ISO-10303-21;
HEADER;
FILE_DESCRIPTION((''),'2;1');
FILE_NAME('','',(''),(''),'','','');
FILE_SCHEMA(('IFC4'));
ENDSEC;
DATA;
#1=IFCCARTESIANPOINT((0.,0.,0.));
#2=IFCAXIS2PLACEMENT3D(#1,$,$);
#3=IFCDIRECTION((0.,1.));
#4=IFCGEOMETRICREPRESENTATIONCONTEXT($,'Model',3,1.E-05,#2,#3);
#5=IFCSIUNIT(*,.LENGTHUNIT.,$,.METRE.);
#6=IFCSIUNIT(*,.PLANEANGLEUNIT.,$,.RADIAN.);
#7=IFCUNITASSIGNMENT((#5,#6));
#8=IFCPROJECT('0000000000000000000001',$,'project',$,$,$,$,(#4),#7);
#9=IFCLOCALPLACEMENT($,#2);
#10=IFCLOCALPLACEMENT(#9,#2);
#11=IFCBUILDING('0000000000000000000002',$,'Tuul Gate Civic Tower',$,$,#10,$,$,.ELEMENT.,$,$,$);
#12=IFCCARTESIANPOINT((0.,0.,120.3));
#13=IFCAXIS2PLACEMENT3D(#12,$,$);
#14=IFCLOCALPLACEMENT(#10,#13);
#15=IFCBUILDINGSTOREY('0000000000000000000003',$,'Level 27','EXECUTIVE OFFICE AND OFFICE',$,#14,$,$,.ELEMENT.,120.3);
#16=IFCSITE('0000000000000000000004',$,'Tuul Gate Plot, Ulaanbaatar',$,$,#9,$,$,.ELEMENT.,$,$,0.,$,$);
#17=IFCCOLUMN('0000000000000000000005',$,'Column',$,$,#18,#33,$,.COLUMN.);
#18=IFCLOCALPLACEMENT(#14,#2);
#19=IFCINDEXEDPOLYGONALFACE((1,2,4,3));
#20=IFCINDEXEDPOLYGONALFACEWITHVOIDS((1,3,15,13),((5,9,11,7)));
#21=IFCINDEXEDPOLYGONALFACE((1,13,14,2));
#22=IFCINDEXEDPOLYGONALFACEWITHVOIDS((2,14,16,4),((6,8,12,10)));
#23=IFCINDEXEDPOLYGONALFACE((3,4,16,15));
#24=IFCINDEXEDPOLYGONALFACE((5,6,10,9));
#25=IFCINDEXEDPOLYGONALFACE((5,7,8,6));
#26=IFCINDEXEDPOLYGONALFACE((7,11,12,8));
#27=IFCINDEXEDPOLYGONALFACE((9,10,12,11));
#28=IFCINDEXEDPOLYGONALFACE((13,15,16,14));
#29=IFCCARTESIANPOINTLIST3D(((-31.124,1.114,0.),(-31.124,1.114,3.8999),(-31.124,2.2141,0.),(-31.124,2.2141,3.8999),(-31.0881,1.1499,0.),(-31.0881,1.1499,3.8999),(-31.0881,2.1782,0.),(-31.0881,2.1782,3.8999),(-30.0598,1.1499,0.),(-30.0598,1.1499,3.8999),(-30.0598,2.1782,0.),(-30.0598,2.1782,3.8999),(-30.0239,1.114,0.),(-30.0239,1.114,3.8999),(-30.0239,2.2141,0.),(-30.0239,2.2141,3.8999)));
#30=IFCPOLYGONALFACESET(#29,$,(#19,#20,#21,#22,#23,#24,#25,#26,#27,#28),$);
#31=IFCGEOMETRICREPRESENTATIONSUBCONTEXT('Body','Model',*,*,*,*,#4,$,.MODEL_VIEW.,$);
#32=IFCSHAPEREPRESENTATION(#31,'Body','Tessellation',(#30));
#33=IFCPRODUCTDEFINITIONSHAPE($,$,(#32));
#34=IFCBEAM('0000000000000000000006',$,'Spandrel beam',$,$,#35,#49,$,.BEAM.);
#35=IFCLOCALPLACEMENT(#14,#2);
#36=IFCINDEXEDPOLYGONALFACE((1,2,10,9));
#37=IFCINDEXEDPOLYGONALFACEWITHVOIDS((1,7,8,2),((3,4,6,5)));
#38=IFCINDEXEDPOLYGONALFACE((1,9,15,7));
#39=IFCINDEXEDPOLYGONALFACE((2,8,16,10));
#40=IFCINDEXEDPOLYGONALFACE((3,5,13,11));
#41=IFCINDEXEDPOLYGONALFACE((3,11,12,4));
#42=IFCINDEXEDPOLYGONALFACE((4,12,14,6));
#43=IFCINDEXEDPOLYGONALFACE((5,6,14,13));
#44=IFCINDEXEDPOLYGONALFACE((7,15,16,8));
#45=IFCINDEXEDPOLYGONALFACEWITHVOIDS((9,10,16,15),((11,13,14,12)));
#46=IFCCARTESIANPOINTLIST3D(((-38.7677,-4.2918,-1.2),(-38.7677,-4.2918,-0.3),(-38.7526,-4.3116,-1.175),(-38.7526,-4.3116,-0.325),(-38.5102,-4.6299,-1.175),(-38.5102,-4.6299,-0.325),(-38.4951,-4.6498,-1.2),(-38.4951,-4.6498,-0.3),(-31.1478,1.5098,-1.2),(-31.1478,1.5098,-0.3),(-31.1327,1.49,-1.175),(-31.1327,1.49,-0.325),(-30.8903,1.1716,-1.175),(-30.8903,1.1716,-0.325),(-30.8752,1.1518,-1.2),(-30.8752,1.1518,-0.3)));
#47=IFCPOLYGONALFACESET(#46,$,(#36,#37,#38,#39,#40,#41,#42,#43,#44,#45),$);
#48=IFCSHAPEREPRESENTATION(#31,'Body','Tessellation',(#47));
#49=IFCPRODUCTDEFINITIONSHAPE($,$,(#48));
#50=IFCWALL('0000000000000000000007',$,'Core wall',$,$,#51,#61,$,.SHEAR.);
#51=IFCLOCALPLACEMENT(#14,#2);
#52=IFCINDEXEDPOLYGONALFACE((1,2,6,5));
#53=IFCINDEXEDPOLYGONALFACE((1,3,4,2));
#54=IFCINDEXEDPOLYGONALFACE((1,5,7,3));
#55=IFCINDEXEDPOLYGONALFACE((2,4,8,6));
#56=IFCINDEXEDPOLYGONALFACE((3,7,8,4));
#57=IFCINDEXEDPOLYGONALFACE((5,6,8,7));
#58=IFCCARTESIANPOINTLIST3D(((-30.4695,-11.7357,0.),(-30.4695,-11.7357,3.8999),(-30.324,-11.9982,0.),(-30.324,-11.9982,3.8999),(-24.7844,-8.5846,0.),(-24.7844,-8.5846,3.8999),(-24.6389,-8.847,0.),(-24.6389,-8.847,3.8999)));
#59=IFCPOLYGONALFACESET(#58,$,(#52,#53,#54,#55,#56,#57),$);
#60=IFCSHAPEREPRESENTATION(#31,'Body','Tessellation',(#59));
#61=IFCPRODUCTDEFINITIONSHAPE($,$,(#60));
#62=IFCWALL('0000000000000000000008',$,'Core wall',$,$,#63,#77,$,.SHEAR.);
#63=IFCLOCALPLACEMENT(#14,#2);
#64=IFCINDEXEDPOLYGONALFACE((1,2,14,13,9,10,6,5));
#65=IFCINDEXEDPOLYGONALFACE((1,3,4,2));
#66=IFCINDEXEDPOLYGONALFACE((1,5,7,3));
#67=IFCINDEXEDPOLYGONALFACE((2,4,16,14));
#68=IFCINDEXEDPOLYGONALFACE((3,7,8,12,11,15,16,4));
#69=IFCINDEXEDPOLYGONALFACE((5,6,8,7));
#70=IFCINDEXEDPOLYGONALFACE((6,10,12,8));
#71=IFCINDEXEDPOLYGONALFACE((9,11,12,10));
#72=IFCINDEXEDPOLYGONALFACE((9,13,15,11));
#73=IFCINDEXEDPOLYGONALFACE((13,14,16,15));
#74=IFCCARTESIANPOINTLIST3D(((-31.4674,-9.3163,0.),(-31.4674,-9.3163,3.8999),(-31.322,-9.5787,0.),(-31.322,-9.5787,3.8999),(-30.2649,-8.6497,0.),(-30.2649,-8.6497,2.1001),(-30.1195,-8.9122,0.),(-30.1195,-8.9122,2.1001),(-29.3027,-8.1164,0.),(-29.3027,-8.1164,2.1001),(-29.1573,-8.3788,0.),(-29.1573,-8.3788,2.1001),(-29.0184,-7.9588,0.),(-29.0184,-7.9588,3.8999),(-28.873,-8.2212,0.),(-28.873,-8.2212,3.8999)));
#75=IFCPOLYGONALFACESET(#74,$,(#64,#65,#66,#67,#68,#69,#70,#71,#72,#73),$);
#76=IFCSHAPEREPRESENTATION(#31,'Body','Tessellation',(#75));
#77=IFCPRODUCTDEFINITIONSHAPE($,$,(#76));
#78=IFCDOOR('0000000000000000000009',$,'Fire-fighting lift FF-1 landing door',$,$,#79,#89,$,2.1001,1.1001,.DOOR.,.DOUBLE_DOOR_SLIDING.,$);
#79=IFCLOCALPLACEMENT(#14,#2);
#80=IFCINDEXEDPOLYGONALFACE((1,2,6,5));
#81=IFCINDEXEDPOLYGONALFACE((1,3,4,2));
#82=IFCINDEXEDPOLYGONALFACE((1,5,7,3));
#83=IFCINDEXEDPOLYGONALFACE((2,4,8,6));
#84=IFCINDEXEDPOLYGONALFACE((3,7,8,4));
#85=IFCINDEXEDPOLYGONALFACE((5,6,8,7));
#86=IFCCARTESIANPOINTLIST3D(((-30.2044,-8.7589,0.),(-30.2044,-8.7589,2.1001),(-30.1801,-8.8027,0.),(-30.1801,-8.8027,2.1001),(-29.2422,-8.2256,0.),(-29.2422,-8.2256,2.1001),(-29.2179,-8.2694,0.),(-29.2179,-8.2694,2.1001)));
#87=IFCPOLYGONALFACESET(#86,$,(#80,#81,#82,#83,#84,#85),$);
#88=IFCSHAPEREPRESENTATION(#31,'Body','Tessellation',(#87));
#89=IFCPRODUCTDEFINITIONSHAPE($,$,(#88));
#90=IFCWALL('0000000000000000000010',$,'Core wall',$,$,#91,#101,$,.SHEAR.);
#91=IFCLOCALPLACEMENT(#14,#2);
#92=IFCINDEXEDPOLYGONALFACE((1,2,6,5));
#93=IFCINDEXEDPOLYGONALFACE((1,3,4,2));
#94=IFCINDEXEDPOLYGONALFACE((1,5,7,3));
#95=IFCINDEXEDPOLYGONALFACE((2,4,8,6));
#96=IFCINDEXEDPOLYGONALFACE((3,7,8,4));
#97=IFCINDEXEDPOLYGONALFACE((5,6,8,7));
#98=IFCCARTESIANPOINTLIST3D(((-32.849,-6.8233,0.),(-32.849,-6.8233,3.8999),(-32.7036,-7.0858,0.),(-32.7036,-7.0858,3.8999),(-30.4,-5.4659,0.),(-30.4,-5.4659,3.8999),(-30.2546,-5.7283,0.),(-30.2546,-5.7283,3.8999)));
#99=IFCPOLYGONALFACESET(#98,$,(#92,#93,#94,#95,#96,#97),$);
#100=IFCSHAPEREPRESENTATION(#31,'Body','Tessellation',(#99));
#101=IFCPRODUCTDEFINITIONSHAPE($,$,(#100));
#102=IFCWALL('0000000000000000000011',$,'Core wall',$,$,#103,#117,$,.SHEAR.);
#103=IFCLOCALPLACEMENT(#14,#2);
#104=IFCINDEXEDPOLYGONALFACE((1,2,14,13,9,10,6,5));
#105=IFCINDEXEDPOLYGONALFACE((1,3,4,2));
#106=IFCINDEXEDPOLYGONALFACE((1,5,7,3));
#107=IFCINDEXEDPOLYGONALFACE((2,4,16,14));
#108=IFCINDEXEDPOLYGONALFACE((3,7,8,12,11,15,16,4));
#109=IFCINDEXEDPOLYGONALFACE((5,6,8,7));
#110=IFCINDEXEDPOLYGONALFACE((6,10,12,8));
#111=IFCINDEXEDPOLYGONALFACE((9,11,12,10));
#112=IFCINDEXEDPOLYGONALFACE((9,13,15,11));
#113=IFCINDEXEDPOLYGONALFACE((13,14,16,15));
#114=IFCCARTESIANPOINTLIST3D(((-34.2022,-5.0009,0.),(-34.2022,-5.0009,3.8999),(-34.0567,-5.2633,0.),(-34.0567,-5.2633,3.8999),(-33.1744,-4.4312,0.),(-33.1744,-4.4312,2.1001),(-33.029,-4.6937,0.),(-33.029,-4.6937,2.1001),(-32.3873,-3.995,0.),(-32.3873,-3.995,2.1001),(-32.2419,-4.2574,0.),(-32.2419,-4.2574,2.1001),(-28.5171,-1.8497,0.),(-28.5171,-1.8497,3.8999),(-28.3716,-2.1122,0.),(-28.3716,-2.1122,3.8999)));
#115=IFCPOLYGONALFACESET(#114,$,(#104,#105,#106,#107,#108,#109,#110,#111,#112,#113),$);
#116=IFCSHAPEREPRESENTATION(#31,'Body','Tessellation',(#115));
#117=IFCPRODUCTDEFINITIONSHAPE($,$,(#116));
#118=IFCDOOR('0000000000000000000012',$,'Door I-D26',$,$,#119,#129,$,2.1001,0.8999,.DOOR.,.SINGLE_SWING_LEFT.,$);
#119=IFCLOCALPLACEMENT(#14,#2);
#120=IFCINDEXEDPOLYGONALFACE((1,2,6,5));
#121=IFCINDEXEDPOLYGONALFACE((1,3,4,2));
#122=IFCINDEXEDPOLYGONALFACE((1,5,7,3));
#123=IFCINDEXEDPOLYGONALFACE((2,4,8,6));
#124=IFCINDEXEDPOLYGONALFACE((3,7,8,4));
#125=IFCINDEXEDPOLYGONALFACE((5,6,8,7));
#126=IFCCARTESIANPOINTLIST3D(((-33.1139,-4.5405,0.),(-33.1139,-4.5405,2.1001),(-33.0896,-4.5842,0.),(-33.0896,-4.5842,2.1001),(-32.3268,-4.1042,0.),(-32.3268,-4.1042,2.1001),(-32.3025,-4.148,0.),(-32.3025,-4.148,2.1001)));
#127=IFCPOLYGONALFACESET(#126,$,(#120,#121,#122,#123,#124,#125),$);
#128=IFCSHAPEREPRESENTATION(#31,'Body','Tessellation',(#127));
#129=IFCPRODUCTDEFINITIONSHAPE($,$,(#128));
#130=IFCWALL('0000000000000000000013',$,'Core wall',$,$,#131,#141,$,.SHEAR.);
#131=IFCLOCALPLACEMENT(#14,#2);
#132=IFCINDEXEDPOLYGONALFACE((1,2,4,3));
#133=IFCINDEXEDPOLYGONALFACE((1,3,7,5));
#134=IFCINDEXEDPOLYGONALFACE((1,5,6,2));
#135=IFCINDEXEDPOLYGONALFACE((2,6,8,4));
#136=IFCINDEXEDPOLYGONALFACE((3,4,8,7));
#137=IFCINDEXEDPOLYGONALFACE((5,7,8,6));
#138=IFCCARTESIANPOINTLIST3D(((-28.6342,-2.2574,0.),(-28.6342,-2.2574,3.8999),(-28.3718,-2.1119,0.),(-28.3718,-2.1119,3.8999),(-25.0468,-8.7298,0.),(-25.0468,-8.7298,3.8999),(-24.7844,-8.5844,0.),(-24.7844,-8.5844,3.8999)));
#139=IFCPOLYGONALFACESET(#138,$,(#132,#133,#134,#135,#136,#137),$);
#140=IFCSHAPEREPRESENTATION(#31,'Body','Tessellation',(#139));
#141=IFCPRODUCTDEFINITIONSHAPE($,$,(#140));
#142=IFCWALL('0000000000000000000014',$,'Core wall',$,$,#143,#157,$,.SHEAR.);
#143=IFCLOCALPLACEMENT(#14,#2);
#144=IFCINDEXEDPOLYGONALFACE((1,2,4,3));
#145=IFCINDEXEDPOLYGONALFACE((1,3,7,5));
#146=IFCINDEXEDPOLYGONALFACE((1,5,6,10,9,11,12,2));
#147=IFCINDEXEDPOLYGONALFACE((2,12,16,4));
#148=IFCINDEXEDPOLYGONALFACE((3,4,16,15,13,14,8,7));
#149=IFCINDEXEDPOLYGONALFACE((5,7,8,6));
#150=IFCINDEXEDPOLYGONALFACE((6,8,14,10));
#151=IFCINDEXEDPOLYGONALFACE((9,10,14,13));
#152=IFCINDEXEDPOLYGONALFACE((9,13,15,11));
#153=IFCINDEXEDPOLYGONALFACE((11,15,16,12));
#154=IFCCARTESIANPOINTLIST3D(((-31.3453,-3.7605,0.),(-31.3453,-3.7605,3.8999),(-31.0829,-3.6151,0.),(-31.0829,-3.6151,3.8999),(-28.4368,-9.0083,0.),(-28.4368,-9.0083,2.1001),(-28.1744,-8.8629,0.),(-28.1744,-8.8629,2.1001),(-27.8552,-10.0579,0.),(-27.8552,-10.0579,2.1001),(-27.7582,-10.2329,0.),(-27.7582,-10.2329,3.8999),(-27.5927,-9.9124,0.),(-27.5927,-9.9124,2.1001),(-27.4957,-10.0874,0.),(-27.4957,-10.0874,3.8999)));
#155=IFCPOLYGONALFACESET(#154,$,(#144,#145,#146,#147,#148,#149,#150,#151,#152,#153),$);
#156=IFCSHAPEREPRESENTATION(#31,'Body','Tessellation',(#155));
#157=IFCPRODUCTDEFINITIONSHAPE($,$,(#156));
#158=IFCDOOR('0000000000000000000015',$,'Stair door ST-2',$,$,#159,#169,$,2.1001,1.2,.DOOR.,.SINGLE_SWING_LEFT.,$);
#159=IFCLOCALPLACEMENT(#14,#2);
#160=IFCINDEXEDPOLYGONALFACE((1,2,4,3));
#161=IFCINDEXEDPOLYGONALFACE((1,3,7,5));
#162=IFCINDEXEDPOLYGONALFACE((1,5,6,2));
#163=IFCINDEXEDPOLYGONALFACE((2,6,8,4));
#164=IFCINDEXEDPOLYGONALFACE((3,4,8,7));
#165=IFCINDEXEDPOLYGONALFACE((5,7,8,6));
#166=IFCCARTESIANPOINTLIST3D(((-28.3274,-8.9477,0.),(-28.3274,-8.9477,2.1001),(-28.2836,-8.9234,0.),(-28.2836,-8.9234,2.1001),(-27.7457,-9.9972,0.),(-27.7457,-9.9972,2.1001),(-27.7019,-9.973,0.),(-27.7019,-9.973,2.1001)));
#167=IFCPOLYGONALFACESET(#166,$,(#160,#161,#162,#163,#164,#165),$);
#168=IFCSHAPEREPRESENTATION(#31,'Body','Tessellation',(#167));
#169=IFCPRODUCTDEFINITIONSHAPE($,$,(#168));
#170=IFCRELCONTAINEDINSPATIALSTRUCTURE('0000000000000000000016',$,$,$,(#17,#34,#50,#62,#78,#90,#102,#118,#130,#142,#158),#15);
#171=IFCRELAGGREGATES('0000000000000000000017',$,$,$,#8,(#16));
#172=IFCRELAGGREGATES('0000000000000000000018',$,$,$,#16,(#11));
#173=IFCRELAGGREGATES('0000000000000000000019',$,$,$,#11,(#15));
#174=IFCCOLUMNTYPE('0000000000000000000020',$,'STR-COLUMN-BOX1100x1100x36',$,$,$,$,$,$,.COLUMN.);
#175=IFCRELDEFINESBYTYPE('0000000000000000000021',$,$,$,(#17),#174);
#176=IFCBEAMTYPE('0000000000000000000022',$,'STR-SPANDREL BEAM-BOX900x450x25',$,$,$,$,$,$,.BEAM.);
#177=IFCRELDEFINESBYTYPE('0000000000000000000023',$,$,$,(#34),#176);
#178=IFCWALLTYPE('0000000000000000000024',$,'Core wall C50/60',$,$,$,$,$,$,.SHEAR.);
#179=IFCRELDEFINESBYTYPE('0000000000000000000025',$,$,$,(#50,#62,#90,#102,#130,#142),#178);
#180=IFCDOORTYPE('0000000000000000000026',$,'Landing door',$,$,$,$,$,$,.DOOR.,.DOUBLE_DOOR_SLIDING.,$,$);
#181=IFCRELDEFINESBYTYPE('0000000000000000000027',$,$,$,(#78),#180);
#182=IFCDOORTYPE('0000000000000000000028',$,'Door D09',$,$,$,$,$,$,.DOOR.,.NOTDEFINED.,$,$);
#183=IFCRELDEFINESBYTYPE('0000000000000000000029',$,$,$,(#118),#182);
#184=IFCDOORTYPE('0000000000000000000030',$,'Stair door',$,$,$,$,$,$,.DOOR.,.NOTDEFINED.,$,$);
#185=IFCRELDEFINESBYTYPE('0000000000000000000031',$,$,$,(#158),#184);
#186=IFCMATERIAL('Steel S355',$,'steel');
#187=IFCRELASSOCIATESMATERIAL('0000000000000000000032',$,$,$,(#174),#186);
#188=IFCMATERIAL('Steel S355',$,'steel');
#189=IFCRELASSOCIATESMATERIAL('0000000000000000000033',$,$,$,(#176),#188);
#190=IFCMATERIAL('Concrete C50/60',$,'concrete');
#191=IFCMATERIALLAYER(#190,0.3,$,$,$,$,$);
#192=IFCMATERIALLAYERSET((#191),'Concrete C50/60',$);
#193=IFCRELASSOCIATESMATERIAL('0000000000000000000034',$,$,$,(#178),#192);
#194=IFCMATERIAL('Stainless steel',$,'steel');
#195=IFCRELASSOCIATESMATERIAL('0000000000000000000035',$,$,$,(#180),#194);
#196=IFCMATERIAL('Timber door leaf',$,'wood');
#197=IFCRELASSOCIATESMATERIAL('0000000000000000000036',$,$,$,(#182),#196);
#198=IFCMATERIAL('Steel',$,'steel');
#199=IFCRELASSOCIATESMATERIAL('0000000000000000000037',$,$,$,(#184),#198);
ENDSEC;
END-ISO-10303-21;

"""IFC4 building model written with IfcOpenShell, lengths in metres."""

from ifc_helpers import new_model, si_unit, direction, frame, frame_2d, origin, origin_2d, place, context, subcontext, project, spatial, rectangle, hollow_rectangle, extrude, material, layer, layer_set, material_profile, profile_set, type_object, element, fill, save


model = new_model("IFC4")

# Units and contexts
model_context = context("Model", 3, precision=1e-05, world=origin(), true_north=direction((0.0, 1.0)))
body_context = subcontext(model_context, "Body", "Model", "MODEL_VIEW")
ifc_project = project(units=[si_unit("LENGTHUNIT", "METRE"), si_unit("PLANEANGLEUNIT", "RADIAN")], contexts=[model_context])

# Site, building, storey
site_placement = place(None, origin())
site = spatial("IfcSite", under=ifc_project, at=site_placement, Name="Tuul Gate Plot, Ulaanbaatar", CompositionType="ELEMENT", RefElevation=0.0)
building_placement = place(site_placement, origin())
building = spatial("IfcBuilding", under=site, at=building_placement, Name="Tuul Gate Civic Tower", CompositionType="ELEMENT")
storey_placement = place(building_placement, frame((0.0, 0.0, 120.3)))
storey = spatial("IfcBuildingStorey", under=building, at=storey_placement, Name="Level 27", Description="EXECUTIVE OFFICE AND OFFICE", CompositionType="ELEMENT", Elevation=120.3)

# Column
ifc_material_1 = material(Name="Steel S355", Category="steel")
ifc_material_profile_1 = material_profile(ifc_material_1, hollow_rectangle(XDim=1.1001, YDim=1.1001, WallThickness=0.0359, at=origin_2d()), Name="BOX1100x1100x36")
ifc_profile_set_1 = profile_set([ifc_material_profile_1], Name="Steel S355")
column_type = type_object("IfcColumnType", Name="STR-COLUMN-BOX1100x1100x36", PredefinedType="COLUMN", material=ifc_profile_set_1)
column_placement = place(storey_placement, frame((-30.574, 1.6641, 0.0), z_axis=(0.0, 0.0, 1.0), x_axis=(1.0, 0.0, 0.0)))
element("IfcColumn", 1, at=column_placement, inside=storey, type_object=column_type, Name="Column", PredefinedType="COLUMN", context=body_context, shape_type="SweptSolid", body=[
    extrude(hollow_rectangle(XDim=1.1001, YDim=1.1001, WallThickness=0.0359, at=origin_2d()), origin(), (0.0, 0.0, 1.0), 3.8999),
])

# Beam
ifc_material_2 = material(Name="Steel S355", Category="steel")
ifc_material_profile_2 = material_profile(ifc_material_2, hollow_rectangle(XDim=0.45, YDim=0.8999, WallThickness=0.0249, at=origin_2d()), Name="BOX900x450x25")
ifc_profile_set_2 = profile_set([ifc_material_profile_2], Name="Steel S355")
beam_type = type_object("IfcBeamType", Name="STR-SPANDREL BEAM-BOX900x450x25", PredefinedType="BEAM", material=ifc_profile_set_2)
beam_placement = place(storey_placement, frame((-31.0115, 1.3308, -0.75), z_axis=(-0.795638, -0.605772, 0.0), x_axis=(0.605772, -0.795638, 0.0)))
element("IfcBeam", 2, at=beam_placement, inside=storey, type_object=beam_type, Name="Spandrel beam", PredefinedType="BEAM", context=body_context, shape_type="SweptSolid", body=[
    extrude(hollow_rectangle(XDim=0.45, YDim=0.8999, WallThickness=0.0249, at=origin_2d()), origin(), (0.0, 0.0, 1.0), 9.5771),
])

# Wall
ifc_material_3 = material(Name="Concrete C50/60", Category="concrete")
ifc_layer_1 = layer(ifc_material_3, 0.3)
ifc_layer_set_1 = layer_set([ifc_layer_1], Name="Concrete C50/60")
wall_type_1 = type_object("IfcWallType", Name="Core wall C50/60", PredefinedType="SHEAR", material=ifc_layer_set_1)
wall_1_placement = place(storey_placement, frame((-24.7117, -8.7158, 0.0), z_axis=(0.0, 0.0, 1.0), x_axis=(-0.87463, -0.484791, 0.0)))
element("IfcWall", 3, at=wall_1_placement, inside=storey, type_object=wall_type_1, Name="Core wall", PredefinedType="SHEAR", context=body_context, shape_type="SweptSolid", body=[
    extrude(rectangle(XDim=6.5, YDim=0.3, at=frame_2d((3.25, 0.0))), origin(), (0.0, 0.0, 1.0), 3.8999),
])

# Wall, opening, door
wall_2_placement = place(storey_placement, frame((-28.9458, -8.0901, 0.0), z_axis=(0.0, 0.0, 1.0), x_axis=(-0.87463, -0.484791, 0.0)))
wall_2 = element("IfcWall", 4, at=wall_2_placement, inside=storey, type_object=wall_type_1, Name="Core wall", PredefinedType="SHEAR", context=body_context, shape_type="SweptSolid", body=[
    extrude(rectangle(XDim=2.8, YDim=0.3, at=frame_2d((1.3999, 0.0))), origin(), (0.0, 0.0, 1.0), 3.8999),
])
opening_1_placement = place(wall_2_placement, frame((0.325, 0.0, 0.0)))
opening_1 = element("IfcOpeningElement", 5, at=opening_1_placement, cuts=wall_2, PredefinedType="OPENING", context=body_context, shape_type="SweptSolid", body=[
    extrude(rectangle(XDim=1.1001, YDim=2.1001, at=frame_2d((0.55, 1.05))), frame((0.0, 0.1602, 0.0), z_axis=(0.0, -1.0, 0.0), x_axis=(1.0, 0.0, 0.0)), (0.0, 0.0, 1.0), 0.3201),
])
ifc_material_4 = material(Name="Stainless steel", Category="steel")
door_type_1 = type_object("IfcDoorType", Name="Landing door", OperationType="DOUBLE_DOOR_SLIDING", PredefinedType="DOOR", material=ifc_material_4)
door_1_placement = place(opening_1_placement, origin())
door_1 = element("IfcDoor", 6, at=door_1_placement, inside=storey, type_object=door_type_1, Name="Fire-fighting lift FF-1 landing door", OperationType="DOUBLE_DOOR_SLIDING", OverallHeight=2.1001, OverallWidth=1.1001, PredefinedType="DOOR", context=body_context, shape_type="SweptSolid", body=[
    extrude(rectangle(XDim=1.1001, YDim=2.1001, at=frame_2d((0.55, 1.05))), frame((0.0, 0.0249, 0.0), z_axis=(0.0, -1.0, 0.0), x_axis=(1.0, 0.0, 0.0)), (0.0, 0.0, 1.0), 0.05),
])
fill(opening_1, door_1)

# Wall
wall_3_placement = place(storey_placement, frame((-30.3274, -5.5972, 0.0), z_axis=(0.0, 0.0, 1.0), x_axis=(-0.87463, -0.484791, 0.0)))
element("IfcWall", 7, at=wall_3_placement, inside=storey, type_object=wall_type_1, Name="Core wall", PredefinedType="SHEAR", context=body_context, shape_type="SweptSolid", body=[
    extrude(rectangle(XDim=2.8, YDim=0.3, at=frame_2d((1.3999, 0.0))), origin(), (0.0, 0.0, 1.0), 3.8999),
])

# Wall, opening, door
wall_4_placement = place(storey_placement, frame((-28.4443, -1.981, 0.0), z_axis=(0.0, 0.0, 1.0), x_axis=(-0.87463, -0.484791, 0.0)))
wall_4 = element("IfcWall", 8, at=wall_4_placement, inside=storey, type_object=wall_type_1, Name="Core wall", PredefinedType="SHEAR", context=body_context, shape_type="SweptSolid", body=[
    extrude(rectangle(XDim=6.5, YDim=0.3, at=frame_2d((3.25, 0.0))), origin(), (0.0, 0.0, 1.0), 3.8999),
])
opening_2_placement = place(wall_4_placement, frame((4.425, 0.0, 0.0)))
opening_2 = element("IfcOpeningElement", 9, at=opening_2_placement, cuts=wall_4, PredefinedType="OPENING", context=body_context, shape_type="SweptSolid", body=[
    extrude(rectangle(XDim=0.8999, YDim=2.1001, at=frame_2d((0.45, 1.05))), frame((0.0, 0.1602, 0.0), z_axis=(0.0, -1.0, 0.0), x_axis=(1.0, 0.0, 0.0)), (0.0, 0.0, 1.0), 0.3201),
])
ifc_material_5 = material(Name="Timber door leaf", Category="wood")
door_type_2 = type_object("IfcDoorType", Name="Door D09", OperationType="NOTDEFINED", PredefinedType="DOOR", material=ifc_material_5)
door_2_placement = place(opening_2_placement, origin())
door_2 = element("IfcDoor", 10, at=door_2_placement, inside=storey, type_object=door_type_2, Name="Door I-D26", OperationType="SINGLE_SWING_LEFT", OverallHeight=2.1001, OverallWidth=0.8999, PredefinedType="DOOR", context=body_context, shape_type="SweptSolid", body=[
    extrude(rectangle(XDim=0.8999, YDim=2.1001, at=frame_2d((0.45, 1.05))), frame((0.0, 0.0249, 0.0), z_axis=(0.0, -1.0, 0.0), x_axis=(1.0, 0.0, 0.0)), (0.0, 0.0, 1.0), 0.05),
])
fill(opening_2, door_2)

# Wall
wall_5_placement = place(storey_placement, frame((-24.9155, -8.6572, 0.0), z_axis=(0.0, 0.0, 1.0), x_axis=(-0.484777, 0.874638, 0.0)))
element("IfcWall", 11, at=wall_5_placement, inside=storey, type_object=wall_type_1, Name="Core wall", PredefinedType="SHEAR", context=body_context, shape_type="SweptSolid", body=[
    extrude(rectangle(XDim=7.4001, YDim=0.3, at=frame_2d((3.7002, 0.0))), origin(), (0.0, 0.0, 1.0), 3.8999),
])

# Wall, opening, door
wall_6_placement = place(storey_placement, frame((-27.627, -10.1602, 0.0), z_axis=(0.0, 0.0, 1.0), x_axis=(-0.484752, 0.874652, 0.0)))
wall_6 = element("IfcWall", 12, at=wall_6_placement, inside=storey, type_object=wall_type_1, Name="Core wall", PredefinedType="SHEAR", context=body_context, shape_type="SweptSolid", body=[
    extrude(rectangle(XDim=7.3999, YDim=0.3, at=frame_2d((3.7, 0.0))), origin(), (0.0, 0.0, 1.0), 3.8999),
])
opening_3_placement = place(wall_6_placement, frame((0.2, 0.0, 0.0)))
opening_3 = element("IfcOpeningElement", 13, at=opening_3_placement, cuts=wall_6, PredefinedType="OPENING", context=body_context, shape_type="SweptSolid", body=[
    extrude(rectangle(XDim=1.2, YDim=2.1001, at=frame_2d((0.6001, 1.05))), frame((0.0, 0.1602, 0.0), z_axis=(0.0, -1.0, 0.0), x_axis=(1.0, 0.0, 0.0)), (0.0, 0.0, 1.0), 0.3201),
])
ifc_material_6 = material(Name="Steel", Category="steel")
door_type_3 = type_object("IfcDoorType", Name="Stair door", OperationType="NOTDEFINED", PredefinedType="DOOR", material=ifc_material_6)
door_3_placement = place(opening_3_placement, origin())
door_3 = element("IfcDoor", 14, at=door_3_placement, inside=storey, type_object=door_type_3, Name="Stair door ST-2", OperationType="SINGLE_SWING_LEFT", OverallHeight=2.1001, OverallWidth=1.2, PredefinedType="DOOR", context=body_context, shape_type="SweptSolid", body=[
    extrude(rectangle(XDim=1.2, YDim=2.1001, at=frame_2d((0.6001, 1.05))), frame((0.0, 0.0249, 0.0), z_axis=(0.0, -1.0, 0.0), x_axis=(1.0, 0.0, 0.0)), (0.0, 0.0, 1.0), 0.05),
])
fill(opening_3, door_3)

save(model, "model.ifc")
